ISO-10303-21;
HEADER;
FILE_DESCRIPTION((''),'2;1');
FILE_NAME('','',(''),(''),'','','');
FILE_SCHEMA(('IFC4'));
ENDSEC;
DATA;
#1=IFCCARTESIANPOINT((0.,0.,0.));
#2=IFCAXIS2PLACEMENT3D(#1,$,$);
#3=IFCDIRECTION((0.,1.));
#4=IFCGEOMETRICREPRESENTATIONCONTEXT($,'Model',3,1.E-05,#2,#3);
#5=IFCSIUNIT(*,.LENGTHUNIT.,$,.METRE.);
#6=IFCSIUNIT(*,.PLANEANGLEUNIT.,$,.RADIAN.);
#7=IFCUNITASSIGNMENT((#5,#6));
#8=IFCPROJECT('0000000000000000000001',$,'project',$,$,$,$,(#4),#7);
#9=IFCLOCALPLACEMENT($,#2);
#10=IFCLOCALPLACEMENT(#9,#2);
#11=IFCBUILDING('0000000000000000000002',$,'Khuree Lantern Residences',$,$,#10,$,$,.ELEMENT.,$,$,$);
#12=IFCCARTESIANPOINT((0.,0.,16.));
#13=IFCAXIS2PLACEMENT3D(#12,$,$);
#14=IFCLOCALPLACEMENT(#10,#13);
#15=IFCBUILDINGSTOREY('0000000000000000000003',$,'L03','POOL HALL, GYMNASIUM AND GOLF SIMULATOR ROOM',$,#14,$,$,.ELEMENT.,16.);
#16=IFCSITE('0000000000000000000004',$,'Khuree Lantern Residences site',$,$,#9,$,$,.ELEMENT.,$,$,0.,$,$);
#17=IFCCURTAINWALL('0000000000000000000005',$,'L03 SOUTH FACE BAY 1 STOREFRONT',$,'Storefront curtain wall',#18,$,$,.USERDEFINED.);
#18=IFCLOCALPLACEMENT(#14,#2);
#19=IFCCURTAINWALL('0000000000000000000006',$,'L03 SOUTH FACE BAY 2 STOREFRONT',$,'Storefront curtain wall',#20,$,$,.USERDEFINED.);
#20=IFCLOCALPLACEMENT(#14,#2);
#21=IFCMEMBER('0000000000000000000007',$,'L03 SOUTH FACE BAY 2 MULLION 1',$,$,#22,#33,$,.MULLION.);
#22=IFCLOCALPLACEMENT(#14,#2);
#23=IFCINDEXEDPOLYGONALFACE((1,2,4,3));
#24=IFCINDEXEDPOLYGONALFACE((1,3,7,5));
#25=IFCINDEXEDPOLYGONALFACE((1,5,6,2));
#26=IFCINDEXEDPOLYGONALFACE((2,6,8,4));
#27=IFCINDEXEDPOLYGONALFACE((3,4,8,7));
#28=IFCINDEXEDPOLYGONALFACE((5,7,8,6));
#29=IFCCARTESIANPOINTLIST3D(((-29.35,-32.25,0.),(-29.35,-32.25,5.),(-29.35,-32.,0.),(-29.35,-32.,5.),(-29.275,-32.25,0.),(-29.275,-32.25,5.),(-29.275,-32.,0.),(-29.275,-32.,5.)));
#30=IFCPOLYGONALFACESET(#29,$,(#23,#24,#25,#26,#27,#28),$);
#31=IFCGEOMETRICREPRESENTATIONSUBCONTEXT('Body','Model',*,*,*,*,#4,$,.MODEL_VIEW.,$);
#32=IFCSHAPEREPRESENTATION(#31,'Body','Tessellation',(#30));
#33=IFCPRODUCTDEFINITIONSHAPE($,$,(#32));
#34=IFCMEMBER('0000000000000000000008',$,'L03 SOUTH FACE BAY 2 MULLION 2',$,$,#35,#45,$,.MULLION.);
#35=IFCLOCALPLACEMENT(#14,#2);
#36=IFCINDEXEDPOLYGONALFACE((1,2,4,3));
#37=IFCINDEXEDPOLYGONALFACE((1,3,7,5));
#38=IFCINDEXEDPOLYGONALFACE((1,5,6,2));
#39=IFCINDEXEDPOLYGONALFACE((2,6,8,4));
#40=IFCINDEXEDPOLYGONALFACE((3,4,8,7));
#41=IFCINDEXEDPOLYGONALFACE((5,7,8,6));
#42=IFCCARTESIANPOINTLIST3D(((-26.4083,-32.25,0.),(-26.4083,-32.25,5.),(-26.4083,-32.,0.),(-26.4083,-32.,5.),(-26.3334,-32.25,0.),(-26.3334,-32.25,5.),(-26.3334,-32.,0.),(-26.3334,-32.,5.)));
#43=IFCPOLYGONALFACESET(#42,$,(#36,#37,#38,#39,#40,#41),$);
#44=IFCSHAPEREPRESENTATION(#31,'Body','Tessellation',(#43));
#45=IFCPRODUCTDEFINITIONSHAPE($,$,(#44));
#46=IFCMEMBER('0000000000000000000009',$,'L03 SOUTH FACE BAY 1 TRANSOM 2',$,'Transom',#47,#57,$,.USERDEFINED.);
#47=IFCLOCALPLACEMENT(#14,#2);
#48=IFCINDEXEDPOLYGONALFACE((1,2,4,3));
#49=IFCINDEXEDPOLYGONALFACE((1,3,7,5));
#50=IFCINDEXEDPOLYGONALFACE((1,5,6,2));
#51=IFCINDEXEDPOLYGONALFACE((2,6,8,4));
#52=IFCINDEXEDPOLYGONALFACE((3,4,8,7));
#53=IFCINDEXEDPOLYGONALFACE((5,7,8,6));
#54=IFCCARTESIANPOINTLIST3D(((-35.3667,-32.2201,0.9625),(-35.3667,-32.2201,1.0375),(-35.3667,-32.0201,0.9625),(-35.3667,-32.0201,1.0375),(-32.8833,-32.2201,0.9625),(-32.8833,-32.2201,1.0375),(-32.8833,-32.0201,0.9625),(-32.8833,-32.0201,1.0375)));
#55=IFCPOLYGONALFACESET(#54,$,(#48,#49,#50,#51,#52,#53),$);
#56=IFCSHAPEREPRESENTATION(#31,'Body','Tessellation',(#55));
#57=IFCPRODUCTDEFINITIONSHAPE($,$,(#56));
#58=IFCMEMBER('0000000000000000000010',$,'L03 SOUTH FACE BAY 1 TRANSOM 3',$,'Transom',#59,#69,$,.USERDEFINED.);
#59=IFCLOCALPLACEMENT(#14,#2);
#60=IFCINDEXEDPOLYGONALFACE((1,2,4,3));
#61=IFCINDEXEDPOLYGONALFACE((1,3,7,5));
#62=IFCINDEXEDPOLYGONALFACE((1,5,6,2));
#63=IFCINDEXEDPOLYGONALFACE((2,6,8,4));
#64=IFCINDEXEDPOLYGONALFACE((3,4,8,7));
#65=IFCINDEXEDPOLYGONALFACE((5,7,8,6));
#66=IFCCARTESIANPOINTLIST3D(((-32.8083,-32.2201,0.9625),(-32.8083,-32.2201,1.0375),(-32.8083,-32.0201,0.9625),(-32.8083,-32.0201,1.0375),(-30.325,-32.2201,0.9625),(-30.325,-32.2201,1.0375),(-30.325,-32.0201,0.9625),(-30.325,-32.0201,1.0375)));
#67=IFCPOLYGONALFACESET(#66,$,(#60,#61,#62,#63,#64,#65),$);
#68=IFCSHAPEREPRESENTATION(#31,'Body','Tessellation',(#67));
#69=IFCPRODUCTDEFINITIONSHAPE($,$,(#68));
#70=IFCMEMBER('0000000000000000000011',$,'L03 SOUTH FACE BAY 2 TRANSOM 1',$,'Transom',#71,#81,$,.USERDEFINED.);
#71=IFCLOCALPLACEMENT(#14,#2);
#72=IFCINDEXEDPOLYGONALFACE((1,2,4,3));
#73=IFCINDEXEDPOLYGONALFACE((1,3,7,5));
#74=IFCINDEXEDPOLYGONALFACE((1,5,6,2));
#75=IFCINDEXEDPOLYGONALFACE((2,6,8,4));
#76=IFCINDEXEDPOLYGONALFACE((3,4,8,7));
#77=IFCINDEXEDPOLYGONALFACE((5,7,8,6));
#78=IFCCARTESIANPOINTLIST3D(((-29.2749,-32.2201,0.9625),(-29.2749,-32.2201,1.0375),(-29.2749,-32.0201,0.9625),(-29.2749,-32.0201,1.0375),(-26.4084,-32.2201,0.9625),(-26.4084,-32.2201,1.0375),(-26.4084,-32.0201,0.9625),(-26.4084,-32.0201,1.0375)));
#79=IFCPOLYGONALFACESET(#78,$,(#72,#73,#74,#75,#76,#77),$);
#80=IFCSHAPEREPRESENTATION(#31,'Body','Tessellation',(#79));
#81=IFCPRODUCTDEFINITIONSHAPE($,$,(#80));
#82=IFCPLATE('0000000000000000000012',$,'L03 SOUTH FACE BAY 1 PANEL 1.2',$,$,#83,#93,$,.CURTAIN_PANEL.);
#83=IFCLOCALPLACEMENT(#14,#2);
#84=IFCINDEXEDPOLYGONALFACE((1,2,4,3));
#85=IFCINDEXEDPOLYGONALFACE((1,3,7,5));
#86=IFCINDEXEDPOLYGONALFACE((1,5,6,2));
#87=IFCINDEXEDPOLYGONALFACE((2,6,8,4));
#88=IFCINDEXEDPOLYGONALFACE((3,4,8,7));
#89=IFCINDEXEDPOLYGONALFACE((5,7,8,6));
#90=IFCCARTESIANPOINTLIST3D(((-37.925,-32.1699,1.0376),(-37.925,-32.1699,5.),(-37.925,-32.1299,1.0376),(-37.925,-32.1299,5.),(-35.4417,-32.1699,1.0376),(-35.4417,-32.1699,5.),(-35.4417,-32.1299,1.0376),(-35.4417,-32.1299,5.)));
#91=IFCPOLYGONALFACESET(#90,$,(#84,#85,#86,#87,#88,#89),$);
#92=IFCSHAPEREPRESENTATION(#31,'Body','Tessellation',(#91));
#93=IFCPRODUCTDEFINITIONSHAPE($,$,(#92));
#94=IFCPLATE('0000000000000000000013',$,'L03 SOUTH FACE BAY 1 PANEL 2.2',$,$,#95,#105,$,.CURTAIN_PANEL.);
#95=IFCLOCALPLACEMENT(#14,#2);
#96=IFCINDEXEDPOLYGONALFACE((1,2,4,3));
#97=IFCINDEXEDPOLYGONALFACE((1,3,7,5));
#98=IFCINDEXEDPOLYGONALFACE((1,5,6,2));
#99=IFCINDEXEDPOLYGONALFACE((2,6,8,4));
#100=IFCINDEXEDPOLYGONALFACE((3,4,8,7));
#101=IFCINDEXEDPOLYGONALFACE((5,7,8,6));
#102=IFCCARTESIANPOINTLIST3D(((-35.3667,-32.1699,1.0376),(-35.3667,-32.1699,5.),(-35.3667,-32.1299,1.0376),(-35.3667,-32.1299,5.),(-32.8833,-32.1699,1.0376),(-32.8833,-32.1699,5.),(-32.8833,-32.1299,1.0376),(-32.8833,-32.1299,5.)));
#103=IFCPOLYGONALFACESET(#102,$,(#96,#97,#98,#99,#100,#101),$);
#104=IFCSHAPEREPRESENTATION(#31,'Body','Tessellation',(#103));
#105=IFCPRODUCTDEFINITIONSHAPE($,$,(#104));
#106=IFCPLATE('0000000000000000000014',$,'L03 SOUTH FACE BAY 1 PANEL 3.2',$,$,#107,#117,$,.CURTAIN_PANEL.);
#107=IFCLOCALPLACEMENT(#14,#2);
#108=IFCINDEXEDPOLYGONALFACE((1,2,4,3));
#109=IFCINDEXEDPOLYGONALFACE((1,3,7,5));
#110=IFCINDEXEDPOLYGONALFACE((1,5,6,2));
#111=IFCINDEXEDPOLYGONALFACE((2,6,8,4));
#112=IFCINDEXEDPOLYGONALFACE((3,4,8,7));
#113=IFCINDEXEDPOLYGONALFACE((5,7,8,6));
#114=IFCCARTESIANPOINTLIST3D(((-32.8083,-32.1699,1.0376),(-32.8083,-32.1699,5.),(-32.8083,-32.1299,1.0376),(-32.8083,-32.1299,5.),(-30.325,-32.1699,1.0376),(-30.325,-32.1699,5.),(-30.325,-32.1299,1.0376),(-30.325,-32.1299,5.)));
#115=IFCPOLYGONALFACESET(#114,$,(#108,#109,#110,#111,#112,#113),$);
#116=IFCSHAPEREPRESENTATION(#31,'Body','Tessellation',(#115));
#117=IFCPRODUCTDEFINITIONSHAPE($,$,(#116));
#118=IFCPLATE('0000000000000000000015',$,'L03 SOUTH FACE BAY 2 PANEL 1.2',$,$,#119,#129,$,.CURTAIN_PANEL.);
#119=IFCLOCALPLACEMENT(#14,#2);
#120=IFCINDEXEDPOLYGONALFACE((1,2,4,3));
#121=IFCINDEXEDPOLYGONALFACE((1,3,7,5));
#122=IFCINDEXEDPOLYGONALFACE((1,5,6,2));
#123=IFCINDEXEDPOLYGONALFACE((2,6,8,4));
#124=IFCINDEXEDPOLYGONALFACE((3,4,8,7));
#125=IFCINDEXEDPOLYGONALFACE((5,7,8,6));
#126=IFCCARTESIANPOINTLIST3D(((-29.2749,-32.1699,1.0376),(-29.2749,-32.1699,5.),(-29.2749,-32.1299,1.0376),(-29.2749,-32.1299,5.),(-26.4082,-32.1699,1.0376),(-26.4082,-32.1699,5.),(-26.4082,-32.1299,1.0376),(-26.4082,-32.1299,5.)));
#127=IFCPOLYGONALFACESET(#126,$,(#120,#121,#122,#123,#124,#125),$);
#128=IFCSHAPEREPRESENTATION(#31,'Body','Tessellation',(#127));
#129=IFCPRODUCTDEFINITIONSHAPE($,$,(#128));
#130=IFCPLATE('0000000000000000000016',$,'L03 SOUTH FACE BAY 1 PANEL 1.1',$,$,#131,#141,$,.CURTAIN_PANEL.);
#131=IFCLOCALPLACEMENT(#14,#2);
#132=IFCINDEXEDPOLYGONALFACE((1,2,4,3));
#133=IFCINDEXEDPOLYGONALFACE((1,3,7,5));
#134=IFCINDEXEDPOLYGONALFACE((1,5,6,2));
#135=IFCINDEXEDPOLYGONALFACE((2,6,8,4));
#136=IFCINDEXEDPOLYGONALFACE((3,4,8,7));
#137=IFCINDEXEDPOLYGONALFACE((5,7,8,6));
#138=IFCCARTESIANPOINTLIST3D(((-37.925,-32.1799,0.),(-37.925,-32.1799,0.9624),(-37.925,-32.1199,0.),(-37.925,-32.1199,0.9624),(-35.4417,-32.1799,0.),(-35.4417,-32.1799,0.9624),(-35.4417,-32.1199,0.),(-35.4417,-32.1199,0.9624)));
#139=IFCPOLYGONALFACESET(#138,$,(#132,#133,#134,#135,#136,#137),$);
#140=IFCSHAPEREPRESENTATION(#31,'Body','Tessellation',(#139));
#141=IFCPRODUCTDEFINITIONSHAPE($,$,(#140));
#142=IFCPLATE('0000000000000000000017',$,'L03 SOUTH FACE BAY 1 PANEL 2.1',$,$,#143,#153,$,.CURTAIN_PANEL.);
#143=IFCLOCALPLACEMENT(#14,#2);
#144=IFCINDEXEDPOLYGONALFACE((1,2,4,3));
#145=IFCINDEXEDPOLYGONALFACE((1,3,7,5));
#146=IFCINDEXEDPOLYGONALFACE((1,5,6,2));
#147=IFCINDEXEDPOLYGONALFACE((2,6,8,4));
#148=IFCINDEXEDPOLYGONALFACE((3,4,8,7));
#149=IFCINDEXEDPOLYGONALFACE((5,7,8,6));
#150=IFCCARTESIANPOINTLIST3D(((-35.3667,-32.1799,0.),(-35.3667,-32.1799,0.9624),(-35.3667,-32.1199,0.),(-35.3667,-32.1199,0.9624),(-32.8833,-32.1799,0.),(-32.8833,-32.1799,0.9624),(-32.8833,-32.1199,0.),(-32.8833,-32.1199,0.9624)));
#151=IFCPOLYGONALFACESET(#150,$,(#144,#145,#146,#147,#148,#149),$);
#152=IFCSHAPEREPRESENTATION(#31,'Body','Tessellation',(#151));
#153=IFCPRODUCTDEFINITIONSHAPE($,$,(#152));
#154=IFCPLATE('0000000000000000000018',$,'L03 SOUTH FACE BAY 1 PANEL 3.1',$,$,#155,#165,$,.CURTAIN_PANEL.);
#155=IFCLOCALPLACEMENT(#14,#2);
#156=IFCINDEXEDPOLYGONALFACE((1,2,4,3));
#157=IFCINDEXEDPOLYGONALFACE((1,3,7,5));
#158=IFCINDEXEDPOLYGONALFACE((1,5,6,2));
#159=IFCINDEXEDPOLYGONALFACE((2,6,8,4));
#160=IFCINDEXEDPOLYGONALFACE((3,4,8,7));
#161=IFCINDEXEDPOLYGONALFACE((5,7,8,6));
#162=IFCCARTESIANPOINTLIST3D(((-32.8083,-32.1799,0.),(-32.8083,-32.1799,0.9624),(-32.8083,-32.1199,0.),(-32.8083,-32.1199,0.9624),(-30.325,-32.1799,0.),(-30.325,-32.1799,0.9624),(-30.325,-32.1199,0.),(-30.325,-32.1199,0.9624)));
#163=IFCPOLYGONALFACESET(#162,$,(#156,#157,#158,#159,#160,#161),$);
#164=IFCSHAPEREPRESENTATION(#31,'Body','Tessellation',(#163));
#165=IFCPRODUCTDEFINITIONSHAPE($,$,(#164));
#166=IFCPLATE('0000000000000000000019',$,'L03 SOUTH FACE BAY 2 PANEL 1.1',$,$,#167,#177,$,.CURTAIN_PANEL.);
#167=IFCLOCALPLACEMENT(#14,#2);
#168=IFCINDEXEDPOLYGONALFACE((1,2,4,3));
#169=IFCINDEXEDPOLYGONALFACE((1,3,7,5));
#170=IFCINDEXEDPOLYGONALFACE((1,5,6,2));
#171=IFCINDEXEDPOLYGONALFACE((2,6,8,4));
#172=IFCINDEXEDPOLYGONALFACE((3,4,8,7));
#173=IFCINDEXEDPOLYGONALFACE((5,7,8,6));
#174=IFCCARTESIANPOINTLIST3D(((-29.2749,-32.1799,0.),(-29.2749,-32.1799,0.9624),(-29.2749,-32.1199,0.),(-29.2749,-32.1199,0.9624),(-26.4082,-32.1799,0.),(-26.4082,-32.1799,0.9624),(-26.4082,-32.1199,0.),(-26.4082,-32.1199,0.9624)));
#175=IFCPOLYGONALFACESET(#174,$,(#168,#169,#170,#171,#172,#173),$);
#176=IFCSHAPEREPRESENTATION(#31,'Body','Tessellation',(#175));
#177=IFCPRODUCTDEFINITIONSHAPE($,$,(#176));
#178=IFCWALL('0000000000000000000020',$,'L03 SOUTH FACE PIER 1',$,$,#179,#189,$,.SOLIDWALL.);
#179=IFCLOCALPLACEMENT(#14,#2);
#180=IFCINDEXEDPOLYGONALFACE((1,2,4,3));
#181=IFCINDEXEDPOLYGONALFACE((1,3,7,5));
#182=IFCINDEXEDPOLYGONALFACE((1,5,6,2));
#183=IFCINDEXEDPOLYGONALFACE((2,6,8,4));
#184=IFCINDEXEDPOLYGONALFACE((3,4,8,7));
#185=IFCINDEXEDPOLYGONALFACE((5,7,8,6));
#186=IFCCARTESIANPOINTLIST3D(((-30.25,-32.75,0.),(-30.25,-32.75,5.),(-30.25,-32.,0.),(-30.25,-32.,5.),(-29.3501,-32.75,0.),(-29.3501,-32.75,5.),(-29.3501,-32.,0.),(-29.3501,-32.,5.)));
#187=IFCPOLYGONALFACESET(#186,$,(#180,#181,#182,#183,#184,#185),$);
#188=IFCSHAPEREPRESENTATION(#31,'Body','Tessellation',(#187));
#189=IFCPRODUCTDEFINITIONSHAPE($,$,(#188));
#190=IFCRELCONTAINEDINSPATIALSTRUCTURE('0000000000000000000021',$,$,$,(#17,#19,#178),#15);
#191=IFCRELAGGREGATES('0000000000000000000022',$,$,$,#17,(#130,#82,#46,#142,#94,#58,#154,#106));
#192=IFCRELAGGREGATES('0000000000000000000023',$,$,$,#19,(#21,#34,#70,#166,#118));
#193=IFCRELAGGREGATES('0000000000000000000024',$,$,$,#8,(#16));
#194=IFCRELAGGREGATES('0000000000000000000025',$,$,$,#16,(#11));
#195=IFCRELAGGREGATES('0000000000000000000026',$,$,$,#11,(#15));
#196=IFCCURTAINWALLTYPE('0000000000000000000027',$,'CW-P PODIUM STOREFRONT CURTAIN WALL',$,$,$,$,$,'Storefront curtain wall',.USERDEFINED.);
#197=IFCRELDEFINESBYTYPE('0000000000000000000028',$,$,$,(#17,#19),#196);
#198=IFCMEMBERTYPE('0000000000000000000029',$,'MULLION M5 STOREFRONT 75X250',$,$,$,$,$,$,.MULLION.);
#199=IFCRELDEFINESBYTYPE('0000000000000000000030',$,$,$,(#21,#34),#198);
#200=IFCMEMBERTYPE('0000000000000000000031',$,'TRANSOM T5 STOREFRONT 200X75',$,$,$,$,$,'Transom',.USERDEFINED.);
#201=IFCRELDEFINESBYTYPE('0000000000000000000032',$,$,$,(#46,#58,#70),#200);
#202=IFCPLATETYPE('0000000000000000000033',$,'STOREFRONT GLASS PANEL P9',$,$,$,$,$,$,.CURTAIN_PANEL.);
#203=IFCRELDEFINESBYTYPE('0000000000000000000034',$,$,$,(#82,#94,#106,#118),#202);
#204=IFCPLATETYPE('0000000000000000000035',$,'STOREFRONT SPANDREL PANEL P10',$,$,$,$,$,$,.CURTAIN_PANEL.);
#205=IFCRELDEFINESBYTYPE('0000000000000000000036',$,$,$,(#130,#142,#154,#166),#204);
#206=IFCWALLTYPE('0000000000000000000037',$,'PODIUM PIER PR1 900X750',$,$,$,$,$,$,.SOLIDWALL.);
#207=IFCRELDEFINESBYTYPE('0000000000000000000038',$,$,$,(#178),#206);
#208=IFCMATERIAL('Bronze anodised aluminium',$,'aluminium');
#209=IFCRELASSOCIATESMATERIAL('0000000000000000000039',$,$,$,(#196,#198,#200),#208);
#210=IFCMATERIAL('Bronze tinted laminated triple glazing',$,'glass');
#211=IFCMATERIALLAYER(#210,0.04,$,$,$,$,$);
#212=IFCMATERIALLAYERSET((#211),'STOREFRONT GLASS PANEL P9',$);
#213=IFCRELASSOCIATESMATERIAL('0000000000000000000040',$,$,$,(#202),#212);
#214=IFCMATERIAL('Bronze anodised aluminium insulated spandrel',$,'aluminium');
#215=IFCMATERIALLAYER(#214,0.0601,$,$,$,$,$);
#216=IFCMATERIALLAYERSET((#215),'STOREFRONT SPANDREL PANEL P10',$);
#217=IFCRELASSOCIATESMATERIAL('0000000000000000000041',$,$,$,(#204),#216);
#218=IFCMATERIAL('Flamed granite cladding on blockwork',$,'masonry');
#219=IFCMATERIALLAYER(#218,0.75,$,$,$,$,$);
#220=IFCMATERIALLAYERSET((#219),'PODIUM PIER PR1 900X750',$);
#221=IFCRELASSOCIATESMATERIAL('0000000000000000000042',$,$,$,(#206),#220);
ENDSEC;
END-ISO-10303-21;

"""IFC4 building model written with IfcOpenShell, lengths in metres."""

from ifc_helpers import new_model, si_unit, direction, frame, frame_2d, origin, origin_2d, place, context, subcontext, project, spatial, rectangle, extrude, material, layer, layer_set, material_profile, profile_set, type_object, element, aggregate, save


model = new_model("IFC4")

# Units and contexts
model_context = context("Model", 3, precision=1e-05, world=origin(), true_north=direction((0.0, 1.0)))
body_context = subcontext(model_context, "Body", "Model", "MODEL_VIEW")
ifc_project = project(units=[si_unit("LENGTHUNIT", "METRE"), si_unit("PLANEANGLEUNIT", "RADIAN")], contexts=[model_context])

# Site, building, storey
site_placement = place(None, origin())
site = spatial("IfcSite", under=ifc_project, at=site_placement, Name="Khuree Lantern Residences site", CompositionType="ELEMENT", RefElevation=0.0)
building_placement = place(site_placement, origin())
building = spatial("IfcBuilding", under=site, at=building_placement, Name="Khuree Lantern Residences", CompositionType="ELEMENT")
storey_placement = place(building_placement, frame((0.0, 0.0, 16.0)))
storey = spatial("IfcBuildingStorey", under=building, at=storey_placement, Name="L03", Description="POOL HALL, GYMNASIUM AND GOLF SIMULATOR ROOM", CompositionType="ELEMENT", Elevation=16.0)

# Curtain walls, members
ifc_material_1 = material(Name="Bronze anodised aluminium", Category="aluminium")
curtain_wall_type = type_object("IfcCurtainWallType", Name="CW-P PODIUM STOREFRONT CURTAIN WALL", ElementType="Storefront curtain wall", PredefinedType="USERDEFINED", material=ifc_material_1)
curtain_wall_1_placement = place(storey_placement, origin())
curtain_wall_1 = element("IfcCurtainWall", 1, at=curtain_wall_1_placement, inside=storey, type_object=curtain_wall_type, Name="L03 SOUTH FACE BAY 1 STOREFRONT", ObjectType="Storefront curtain wall", PredefinedType="USERDEFINED")
ifc_material_profile_1 = material_profile(ifc_material_1, rectangle(XDim=0.075, YDim=0.25, at=origin_2d()), Name="M5 75X250")
ifc_profile_set_1 = profile_set([ifc_material_profile_1], Name="Bronze anodised aluminium")
member_type_1 = type_object("IfcMemberType", Name="MULLION M5 STOREFRONT 75X250", PredefinedType="MULLION", material=ifc_profile_set_1)
curtain_wall_2_placement = place(storey_placement, origin())
curtain_wall_2 = element("IfcCurtainWall", 2, at=curtain_wall_2_placement, inside=storey, type_object=curtain_wall_type, Name="L03 SOUTH FACE BAY 2 STOREFRONT", ObjectType="Storefront curtain wall", PredefinedType="USERDEFINED")
member_1_placement = place(storey_placement, frame((-29.3125, -32.125, 0.0), z_axis=(0.0, 0.0, 1.0), x_axis=(1.0, 0.0, 0.0)))
member_1 = element("IfcMember", 3, at=member_1_placement, type_object=member_type_1, Name="L03 SOUTH FACE BAY 2 MULLION 1", PredefinedType="MULLION", context=body_context, shape_type="SweptSolid", body=[
    extrude(rectangle(XDim=0.075, YDim=0.25, at=origin_2d()), origin(), (0.0, 0.0, 1.0), 5.0),
])
member_2_placement = place(storey_placement, frame((-26.3708, -32.125, 0.0), z_axis=(0.0, 0.0, 1.0), x_axis=(1.0, 0.0, 0.0)))
member_2 = element("IfcMember", 4, at=member_2_placement, type_object=member_type_1, Name="L03 SOUTH FACE BAY 2 MULLION 2", PredefinedType="MULLION", context=body_context, shape_type="SweptSolid", body=[
    extrude(rectangle(XDim=0.075, YDim=0.25, at=origin_2d()), origin(), (0.0, 0.0, 1.0), 5.0),
])

# Members
ifc_material_profile_2 = material_profile(ifc_material_1, rectangle(XDim=0.2, YDim=0.075, at=origin_2d()), Name="T5 200X75")
ifc_profile_set_2 = profile_set([ifc_material_profile_2], Name="Bronze anodised aluminium")
member_type_2 = type_object("IfcMemberType", Name="TRANSOM T5 STOREFRONT 200X75", ElementType="Transom", PredefinedType="USERDEFINED", material=ifc_profile_set_2)
member_3_placement = place(storey_placement, frame((-35.3667, -32.1201, 1.0), z_axis=(1.0, 0.0, 0.0), x_axis=(0.0, 1.0, 0.0)))
member_3 = element("IfcMember", 5, at=member_3_placement, type_object=member_type_2, Name="L03 SOUTH FACE BAY 1 TRANSOM 2", ObjectType="Transom", PredefinedType="USERDEFINED", context=body_context, shape_type="SweptSolid", body=[
    extrude(rectangle(XDim=0.2, YDim=0.075, at=origin_2d()), origin(), (0.0, 0.0, 1.0), 2.4834),
])
member_4_placement = place(storey_placement, frame((-32.8083, -32.1201, 1.0), z_axis=(1.0, 0.0, 0.0), x_axis=(0.0, 1.0, 0.0)))
member_4 = element("IfcMember", 6, at=member_4_placement, type_object=member_type_2, Name="L03 SOUTH FACE BAY 1 TRANSOM 3", ObjectType="Transom", PredefinedType="USERDEFINED", context=body_context, shape_type="SweptSolid", body=[
    extrude(rectangle(XDim=0.2, YDim=0.075, at=origin_2d()), origin(), (0.0, 0.0, 1.0), 2.4834),
])
member_5_placement = place(storey_placement, frame((-29.2749, -32.1201, 1.0), z_axis=(1.0, 0.0, 0.0), x_axis=(0.0, 1.0, 0.0)))
member_5 = element("IfcMember", 7, at=member_5_placement, type_object=member_type_2, Name="L03 SOUTH FACE BAY 2 TRANSOM 1", ObjectType="Transom", PredefinedType="USERDEFINED", context=body_context, shape_type="SweptSolid", body=[
    extrude(rectangle(XDim=0.2, YDim=0.075, at=origin_2d()), origin(), (0.0, 0.0, 1.0), 2.8665),
])

# Plates
ifc_material_2 = material(Name="Bronze tinted laminated triple glazing", Category="glass")
ifc_layer_1 = layer(ifc_material_2, 0.04)
ifc_layer_set_1 = layer_set([ifc_layer_1], Name="STOREFRONT GLASS PANEL P9")
plate_type_1 = type_object("IfcPlateType", Name="STOREFRONT GLASS PANEL P9", PredefinedType="CURTAIN_PANEL", material=ifc_layer_set_1)
plate_1_placement = place(storey_placement, frame((-36.6833, -32.1499, 1.0376), z_axis=(0.0, 0.0, 1.0), x_axis=(1.0, 0.0, 0.0)))
plate_1 = element("IfcPlate", 8, at=plate_1_placement, type_object=plate_type_1, Name="L03 SOUTH FACE BAY 1 PANEL 1.2", PredefinedType="CURTAIN_PANEL", context=body_context, shape_type="SweptSolid", body=[
    extrude(rectangle(XDim=2.4834, YDim=0.04, at=origin_2d()), origin(), (0.0, 0.0, 1.0), 3.9624),
])
plate_2_placement = place(storey_placement, frame((-34.125, -32.1499, 1.0376), z_axis=(0.0, 0.0, 1.0), x_axis=(1.0, 0.0, 0.0)))
plate_2 = element("IfcPlate", 9, at=plate_2_placement, type_object=plate_type_1, Name="L03 SOUTH FACE BAY 1 PANEL 2.2", PredefinedType="CURTAIN_PANEL", context=body_context, shape_type="SweptSolid", body=[
    extrude(rectangle(XDim=2.4834, YDim=0.04, at=origin_2d()), origin(), (0.0, 0.0, 1.0), 3.9624),
])
plate_3_placement = place(storey_placement, frame((-31.5667, -32.1499, 1.0376), z_axis=(0.0, 0.0, 1.0), x_axis=(1.0, 0.0, 0.0)))
plate_3 = element("IfcPlate", 10, at=plate_3_placement, type_object=plate_type_1, Name="L03 SOUTH FACE BAY 1 PANEL 3.2", PredefinedType="CURTAIN_PANEL", context=body_context, shape_type="SweptSolid", body=[
    extrude(rectangle(XDim=2.4834, YDim=0.04, at=origin_2d()), origin(), (0.0, 0.0, 1.0), 3.9624),
])
plate_4_placement = place(storey_placement, frame((-27.8416, -32.1499, 1.0376), z_axis=(0.0, 0.0, 1.0), x_axis=(1.0, 0.0, 0.0)))
plate_4 = element("IfcPlate", 11, at=plate_4_placement, type_object=plate_type_1, Name="L03 SOUTH FACE BAY 2 PANEL 1.2", PredefinedType="CURTAIN_PANEL", context=body_context, shape_type="SweptSolid", body=[
    extrude(rectangle(XDim=2.8667, YDim=0.04, at=origin_2d()), origin(), (0.0, 0.0, 1.0), 3.9624),
])
ifc_material_3 = material(Name="Bronze anodised aluminium insulated spandrel", Category="aluminium")
ifc_layer_2 = layer(ifc_material_3, 0.0601)
ifc_layer_set_2 = layer_set([ifc_layer_2], Name="STOREFRONT SPANDREL PANEL P10")
plate_type_2 = type_object("IfcPlateType", Name="STOREFRONT SPANDREL PANEL P10", PredefinedType="CURTAIN_PANEL", material=ifc_layer_set_2)
plate_5_placement = place(storey_placement, frame((-36.6833, -32.1499, 0.0), z_axis=(0.0, 0.0, 1.0), x_axis=(1.0, 0.0, 0.0)))
plate_5 = element("IfcPlate", 12, at=plate_5_placement, type_object=plate_type_2, Name="L03 SOUTH FACE BAY 1 PANEL 1.1", PredefinedType="CURTAIN_PANEL", context=body_context, shape_type="SweptSolid", body=[
    extrude(rectangle(XDim=2.4834, YDim=0.0601, at=origin_2d()), origin(), (0.0, 0.0, 1.0), 0.9624),
])
plate_6_placement = place(storey_placement, frame((-34.125, -32.1499, 0.0), z_axis=(0.0, 0.0, 1.0), x_axis=(1.0, 0.0, 0.0)))
plate_6 = element("IfcPlate", 13, at=plate_6_placement, type_object=plate_type_2, Name="L03 SOUTH FACE BAY 1 PANEL 2.1", PredefinedType="CURTAIN_PANEL", context=body_context, shape_type="SweptSolid", body=[
    extrude(rectangle(XDim=2.4834, YDim=0.0601, at=origin_2d()), origin(), (0.0, 0.0, 1.0), 0.9624),
])
plate_7_placement = place(storey_placement, frame((-31.5667, -32.1499, 0.0), z_axis=(0.0, 0.0, 1.0), x_axis=(1.0, 0.0, 0.0)))
plate_7 = element("IfcPlate", 14, at=plate_7_placement, type_object=plate_type_2, Name="L03 SOUTH FACE BAY 1 PANEL 3.1", PredefinedType="CURTAIN_PANEL", context=body_context, shape_type="SweptSolid", body=[
    extrude(rectangle(XDim=2.4834, YDim=0.0601, at=origin_2d()), origin(), (0.0, 0.0, 1.0), 0.9624),
])
aggregate(curtain_wall_1, [plate_5, plate_1, member_3, plate_6, plate_2, member_4, plate_7, plate_3])
plate_8_placement = place(storey_placement, frame((-27.8416, -32.1499, 0.0), z_axis=(0.0, 0.0, 1.0), x_axis=(1.0, 0.0, 0.0)))
plate_8 = element("IfcPlate", 15, at=plate_8_placement, type_object=plate_type_2, Name="L03 SOUTH FACE BAY 2 PANEL 1.1", PredefinedType="CURTAIN_PANEL", context=body_context, shape_type="SweptSolid", body=[
    extrude(rectangle(XDim=2.8667, YDim=0.0601, at=origin_2d()), origin(), (0.0, 0.0, 1.0), 0.9624),
])
aggregate(curtain_wall_2, [member_1, member_2, member_5, plate_8, plate_4])

# Wall
ifc_material_4 = material(Name="Flamed granite cladding on blockwork", Category="masonry")
ifc_layer_3 = layer(ifc_material_4, 0.75)
ifc_layer_set_3 = layer_set([ifc_layer_3], Name="PODIUM PIER PR1 900X750")
wall_type_1 = type_object("IfcWallType", Name="PODIUM PIER PR1 900X750", PredefinedType="SOLIDWALL", material=ifc_layer_set_3)
wall_1_placement = place(storey_placement, frame((-30.25, -32.375, 0.0), z_axis=(0.0, 0.0, 1.0), x_axis=(1.0, 0.0, 0.0)))
element("IfcWall", 16, at=wall_1_placement, inside=storey, type_object=wall_type_1, Name="L03 SOUTH FACE PIER 1", PredefinedType="SOLIDWALL", context=body_context, shape_type="SweptSolid", body=[
    extrude(rectangle(XDim=0.8999, YDim=0.75, at=frame_2d((0.45, 0.0))), origin(), (0.0, 0.0, 1.0), 5.0),
])

save(model, "model.ifc")
